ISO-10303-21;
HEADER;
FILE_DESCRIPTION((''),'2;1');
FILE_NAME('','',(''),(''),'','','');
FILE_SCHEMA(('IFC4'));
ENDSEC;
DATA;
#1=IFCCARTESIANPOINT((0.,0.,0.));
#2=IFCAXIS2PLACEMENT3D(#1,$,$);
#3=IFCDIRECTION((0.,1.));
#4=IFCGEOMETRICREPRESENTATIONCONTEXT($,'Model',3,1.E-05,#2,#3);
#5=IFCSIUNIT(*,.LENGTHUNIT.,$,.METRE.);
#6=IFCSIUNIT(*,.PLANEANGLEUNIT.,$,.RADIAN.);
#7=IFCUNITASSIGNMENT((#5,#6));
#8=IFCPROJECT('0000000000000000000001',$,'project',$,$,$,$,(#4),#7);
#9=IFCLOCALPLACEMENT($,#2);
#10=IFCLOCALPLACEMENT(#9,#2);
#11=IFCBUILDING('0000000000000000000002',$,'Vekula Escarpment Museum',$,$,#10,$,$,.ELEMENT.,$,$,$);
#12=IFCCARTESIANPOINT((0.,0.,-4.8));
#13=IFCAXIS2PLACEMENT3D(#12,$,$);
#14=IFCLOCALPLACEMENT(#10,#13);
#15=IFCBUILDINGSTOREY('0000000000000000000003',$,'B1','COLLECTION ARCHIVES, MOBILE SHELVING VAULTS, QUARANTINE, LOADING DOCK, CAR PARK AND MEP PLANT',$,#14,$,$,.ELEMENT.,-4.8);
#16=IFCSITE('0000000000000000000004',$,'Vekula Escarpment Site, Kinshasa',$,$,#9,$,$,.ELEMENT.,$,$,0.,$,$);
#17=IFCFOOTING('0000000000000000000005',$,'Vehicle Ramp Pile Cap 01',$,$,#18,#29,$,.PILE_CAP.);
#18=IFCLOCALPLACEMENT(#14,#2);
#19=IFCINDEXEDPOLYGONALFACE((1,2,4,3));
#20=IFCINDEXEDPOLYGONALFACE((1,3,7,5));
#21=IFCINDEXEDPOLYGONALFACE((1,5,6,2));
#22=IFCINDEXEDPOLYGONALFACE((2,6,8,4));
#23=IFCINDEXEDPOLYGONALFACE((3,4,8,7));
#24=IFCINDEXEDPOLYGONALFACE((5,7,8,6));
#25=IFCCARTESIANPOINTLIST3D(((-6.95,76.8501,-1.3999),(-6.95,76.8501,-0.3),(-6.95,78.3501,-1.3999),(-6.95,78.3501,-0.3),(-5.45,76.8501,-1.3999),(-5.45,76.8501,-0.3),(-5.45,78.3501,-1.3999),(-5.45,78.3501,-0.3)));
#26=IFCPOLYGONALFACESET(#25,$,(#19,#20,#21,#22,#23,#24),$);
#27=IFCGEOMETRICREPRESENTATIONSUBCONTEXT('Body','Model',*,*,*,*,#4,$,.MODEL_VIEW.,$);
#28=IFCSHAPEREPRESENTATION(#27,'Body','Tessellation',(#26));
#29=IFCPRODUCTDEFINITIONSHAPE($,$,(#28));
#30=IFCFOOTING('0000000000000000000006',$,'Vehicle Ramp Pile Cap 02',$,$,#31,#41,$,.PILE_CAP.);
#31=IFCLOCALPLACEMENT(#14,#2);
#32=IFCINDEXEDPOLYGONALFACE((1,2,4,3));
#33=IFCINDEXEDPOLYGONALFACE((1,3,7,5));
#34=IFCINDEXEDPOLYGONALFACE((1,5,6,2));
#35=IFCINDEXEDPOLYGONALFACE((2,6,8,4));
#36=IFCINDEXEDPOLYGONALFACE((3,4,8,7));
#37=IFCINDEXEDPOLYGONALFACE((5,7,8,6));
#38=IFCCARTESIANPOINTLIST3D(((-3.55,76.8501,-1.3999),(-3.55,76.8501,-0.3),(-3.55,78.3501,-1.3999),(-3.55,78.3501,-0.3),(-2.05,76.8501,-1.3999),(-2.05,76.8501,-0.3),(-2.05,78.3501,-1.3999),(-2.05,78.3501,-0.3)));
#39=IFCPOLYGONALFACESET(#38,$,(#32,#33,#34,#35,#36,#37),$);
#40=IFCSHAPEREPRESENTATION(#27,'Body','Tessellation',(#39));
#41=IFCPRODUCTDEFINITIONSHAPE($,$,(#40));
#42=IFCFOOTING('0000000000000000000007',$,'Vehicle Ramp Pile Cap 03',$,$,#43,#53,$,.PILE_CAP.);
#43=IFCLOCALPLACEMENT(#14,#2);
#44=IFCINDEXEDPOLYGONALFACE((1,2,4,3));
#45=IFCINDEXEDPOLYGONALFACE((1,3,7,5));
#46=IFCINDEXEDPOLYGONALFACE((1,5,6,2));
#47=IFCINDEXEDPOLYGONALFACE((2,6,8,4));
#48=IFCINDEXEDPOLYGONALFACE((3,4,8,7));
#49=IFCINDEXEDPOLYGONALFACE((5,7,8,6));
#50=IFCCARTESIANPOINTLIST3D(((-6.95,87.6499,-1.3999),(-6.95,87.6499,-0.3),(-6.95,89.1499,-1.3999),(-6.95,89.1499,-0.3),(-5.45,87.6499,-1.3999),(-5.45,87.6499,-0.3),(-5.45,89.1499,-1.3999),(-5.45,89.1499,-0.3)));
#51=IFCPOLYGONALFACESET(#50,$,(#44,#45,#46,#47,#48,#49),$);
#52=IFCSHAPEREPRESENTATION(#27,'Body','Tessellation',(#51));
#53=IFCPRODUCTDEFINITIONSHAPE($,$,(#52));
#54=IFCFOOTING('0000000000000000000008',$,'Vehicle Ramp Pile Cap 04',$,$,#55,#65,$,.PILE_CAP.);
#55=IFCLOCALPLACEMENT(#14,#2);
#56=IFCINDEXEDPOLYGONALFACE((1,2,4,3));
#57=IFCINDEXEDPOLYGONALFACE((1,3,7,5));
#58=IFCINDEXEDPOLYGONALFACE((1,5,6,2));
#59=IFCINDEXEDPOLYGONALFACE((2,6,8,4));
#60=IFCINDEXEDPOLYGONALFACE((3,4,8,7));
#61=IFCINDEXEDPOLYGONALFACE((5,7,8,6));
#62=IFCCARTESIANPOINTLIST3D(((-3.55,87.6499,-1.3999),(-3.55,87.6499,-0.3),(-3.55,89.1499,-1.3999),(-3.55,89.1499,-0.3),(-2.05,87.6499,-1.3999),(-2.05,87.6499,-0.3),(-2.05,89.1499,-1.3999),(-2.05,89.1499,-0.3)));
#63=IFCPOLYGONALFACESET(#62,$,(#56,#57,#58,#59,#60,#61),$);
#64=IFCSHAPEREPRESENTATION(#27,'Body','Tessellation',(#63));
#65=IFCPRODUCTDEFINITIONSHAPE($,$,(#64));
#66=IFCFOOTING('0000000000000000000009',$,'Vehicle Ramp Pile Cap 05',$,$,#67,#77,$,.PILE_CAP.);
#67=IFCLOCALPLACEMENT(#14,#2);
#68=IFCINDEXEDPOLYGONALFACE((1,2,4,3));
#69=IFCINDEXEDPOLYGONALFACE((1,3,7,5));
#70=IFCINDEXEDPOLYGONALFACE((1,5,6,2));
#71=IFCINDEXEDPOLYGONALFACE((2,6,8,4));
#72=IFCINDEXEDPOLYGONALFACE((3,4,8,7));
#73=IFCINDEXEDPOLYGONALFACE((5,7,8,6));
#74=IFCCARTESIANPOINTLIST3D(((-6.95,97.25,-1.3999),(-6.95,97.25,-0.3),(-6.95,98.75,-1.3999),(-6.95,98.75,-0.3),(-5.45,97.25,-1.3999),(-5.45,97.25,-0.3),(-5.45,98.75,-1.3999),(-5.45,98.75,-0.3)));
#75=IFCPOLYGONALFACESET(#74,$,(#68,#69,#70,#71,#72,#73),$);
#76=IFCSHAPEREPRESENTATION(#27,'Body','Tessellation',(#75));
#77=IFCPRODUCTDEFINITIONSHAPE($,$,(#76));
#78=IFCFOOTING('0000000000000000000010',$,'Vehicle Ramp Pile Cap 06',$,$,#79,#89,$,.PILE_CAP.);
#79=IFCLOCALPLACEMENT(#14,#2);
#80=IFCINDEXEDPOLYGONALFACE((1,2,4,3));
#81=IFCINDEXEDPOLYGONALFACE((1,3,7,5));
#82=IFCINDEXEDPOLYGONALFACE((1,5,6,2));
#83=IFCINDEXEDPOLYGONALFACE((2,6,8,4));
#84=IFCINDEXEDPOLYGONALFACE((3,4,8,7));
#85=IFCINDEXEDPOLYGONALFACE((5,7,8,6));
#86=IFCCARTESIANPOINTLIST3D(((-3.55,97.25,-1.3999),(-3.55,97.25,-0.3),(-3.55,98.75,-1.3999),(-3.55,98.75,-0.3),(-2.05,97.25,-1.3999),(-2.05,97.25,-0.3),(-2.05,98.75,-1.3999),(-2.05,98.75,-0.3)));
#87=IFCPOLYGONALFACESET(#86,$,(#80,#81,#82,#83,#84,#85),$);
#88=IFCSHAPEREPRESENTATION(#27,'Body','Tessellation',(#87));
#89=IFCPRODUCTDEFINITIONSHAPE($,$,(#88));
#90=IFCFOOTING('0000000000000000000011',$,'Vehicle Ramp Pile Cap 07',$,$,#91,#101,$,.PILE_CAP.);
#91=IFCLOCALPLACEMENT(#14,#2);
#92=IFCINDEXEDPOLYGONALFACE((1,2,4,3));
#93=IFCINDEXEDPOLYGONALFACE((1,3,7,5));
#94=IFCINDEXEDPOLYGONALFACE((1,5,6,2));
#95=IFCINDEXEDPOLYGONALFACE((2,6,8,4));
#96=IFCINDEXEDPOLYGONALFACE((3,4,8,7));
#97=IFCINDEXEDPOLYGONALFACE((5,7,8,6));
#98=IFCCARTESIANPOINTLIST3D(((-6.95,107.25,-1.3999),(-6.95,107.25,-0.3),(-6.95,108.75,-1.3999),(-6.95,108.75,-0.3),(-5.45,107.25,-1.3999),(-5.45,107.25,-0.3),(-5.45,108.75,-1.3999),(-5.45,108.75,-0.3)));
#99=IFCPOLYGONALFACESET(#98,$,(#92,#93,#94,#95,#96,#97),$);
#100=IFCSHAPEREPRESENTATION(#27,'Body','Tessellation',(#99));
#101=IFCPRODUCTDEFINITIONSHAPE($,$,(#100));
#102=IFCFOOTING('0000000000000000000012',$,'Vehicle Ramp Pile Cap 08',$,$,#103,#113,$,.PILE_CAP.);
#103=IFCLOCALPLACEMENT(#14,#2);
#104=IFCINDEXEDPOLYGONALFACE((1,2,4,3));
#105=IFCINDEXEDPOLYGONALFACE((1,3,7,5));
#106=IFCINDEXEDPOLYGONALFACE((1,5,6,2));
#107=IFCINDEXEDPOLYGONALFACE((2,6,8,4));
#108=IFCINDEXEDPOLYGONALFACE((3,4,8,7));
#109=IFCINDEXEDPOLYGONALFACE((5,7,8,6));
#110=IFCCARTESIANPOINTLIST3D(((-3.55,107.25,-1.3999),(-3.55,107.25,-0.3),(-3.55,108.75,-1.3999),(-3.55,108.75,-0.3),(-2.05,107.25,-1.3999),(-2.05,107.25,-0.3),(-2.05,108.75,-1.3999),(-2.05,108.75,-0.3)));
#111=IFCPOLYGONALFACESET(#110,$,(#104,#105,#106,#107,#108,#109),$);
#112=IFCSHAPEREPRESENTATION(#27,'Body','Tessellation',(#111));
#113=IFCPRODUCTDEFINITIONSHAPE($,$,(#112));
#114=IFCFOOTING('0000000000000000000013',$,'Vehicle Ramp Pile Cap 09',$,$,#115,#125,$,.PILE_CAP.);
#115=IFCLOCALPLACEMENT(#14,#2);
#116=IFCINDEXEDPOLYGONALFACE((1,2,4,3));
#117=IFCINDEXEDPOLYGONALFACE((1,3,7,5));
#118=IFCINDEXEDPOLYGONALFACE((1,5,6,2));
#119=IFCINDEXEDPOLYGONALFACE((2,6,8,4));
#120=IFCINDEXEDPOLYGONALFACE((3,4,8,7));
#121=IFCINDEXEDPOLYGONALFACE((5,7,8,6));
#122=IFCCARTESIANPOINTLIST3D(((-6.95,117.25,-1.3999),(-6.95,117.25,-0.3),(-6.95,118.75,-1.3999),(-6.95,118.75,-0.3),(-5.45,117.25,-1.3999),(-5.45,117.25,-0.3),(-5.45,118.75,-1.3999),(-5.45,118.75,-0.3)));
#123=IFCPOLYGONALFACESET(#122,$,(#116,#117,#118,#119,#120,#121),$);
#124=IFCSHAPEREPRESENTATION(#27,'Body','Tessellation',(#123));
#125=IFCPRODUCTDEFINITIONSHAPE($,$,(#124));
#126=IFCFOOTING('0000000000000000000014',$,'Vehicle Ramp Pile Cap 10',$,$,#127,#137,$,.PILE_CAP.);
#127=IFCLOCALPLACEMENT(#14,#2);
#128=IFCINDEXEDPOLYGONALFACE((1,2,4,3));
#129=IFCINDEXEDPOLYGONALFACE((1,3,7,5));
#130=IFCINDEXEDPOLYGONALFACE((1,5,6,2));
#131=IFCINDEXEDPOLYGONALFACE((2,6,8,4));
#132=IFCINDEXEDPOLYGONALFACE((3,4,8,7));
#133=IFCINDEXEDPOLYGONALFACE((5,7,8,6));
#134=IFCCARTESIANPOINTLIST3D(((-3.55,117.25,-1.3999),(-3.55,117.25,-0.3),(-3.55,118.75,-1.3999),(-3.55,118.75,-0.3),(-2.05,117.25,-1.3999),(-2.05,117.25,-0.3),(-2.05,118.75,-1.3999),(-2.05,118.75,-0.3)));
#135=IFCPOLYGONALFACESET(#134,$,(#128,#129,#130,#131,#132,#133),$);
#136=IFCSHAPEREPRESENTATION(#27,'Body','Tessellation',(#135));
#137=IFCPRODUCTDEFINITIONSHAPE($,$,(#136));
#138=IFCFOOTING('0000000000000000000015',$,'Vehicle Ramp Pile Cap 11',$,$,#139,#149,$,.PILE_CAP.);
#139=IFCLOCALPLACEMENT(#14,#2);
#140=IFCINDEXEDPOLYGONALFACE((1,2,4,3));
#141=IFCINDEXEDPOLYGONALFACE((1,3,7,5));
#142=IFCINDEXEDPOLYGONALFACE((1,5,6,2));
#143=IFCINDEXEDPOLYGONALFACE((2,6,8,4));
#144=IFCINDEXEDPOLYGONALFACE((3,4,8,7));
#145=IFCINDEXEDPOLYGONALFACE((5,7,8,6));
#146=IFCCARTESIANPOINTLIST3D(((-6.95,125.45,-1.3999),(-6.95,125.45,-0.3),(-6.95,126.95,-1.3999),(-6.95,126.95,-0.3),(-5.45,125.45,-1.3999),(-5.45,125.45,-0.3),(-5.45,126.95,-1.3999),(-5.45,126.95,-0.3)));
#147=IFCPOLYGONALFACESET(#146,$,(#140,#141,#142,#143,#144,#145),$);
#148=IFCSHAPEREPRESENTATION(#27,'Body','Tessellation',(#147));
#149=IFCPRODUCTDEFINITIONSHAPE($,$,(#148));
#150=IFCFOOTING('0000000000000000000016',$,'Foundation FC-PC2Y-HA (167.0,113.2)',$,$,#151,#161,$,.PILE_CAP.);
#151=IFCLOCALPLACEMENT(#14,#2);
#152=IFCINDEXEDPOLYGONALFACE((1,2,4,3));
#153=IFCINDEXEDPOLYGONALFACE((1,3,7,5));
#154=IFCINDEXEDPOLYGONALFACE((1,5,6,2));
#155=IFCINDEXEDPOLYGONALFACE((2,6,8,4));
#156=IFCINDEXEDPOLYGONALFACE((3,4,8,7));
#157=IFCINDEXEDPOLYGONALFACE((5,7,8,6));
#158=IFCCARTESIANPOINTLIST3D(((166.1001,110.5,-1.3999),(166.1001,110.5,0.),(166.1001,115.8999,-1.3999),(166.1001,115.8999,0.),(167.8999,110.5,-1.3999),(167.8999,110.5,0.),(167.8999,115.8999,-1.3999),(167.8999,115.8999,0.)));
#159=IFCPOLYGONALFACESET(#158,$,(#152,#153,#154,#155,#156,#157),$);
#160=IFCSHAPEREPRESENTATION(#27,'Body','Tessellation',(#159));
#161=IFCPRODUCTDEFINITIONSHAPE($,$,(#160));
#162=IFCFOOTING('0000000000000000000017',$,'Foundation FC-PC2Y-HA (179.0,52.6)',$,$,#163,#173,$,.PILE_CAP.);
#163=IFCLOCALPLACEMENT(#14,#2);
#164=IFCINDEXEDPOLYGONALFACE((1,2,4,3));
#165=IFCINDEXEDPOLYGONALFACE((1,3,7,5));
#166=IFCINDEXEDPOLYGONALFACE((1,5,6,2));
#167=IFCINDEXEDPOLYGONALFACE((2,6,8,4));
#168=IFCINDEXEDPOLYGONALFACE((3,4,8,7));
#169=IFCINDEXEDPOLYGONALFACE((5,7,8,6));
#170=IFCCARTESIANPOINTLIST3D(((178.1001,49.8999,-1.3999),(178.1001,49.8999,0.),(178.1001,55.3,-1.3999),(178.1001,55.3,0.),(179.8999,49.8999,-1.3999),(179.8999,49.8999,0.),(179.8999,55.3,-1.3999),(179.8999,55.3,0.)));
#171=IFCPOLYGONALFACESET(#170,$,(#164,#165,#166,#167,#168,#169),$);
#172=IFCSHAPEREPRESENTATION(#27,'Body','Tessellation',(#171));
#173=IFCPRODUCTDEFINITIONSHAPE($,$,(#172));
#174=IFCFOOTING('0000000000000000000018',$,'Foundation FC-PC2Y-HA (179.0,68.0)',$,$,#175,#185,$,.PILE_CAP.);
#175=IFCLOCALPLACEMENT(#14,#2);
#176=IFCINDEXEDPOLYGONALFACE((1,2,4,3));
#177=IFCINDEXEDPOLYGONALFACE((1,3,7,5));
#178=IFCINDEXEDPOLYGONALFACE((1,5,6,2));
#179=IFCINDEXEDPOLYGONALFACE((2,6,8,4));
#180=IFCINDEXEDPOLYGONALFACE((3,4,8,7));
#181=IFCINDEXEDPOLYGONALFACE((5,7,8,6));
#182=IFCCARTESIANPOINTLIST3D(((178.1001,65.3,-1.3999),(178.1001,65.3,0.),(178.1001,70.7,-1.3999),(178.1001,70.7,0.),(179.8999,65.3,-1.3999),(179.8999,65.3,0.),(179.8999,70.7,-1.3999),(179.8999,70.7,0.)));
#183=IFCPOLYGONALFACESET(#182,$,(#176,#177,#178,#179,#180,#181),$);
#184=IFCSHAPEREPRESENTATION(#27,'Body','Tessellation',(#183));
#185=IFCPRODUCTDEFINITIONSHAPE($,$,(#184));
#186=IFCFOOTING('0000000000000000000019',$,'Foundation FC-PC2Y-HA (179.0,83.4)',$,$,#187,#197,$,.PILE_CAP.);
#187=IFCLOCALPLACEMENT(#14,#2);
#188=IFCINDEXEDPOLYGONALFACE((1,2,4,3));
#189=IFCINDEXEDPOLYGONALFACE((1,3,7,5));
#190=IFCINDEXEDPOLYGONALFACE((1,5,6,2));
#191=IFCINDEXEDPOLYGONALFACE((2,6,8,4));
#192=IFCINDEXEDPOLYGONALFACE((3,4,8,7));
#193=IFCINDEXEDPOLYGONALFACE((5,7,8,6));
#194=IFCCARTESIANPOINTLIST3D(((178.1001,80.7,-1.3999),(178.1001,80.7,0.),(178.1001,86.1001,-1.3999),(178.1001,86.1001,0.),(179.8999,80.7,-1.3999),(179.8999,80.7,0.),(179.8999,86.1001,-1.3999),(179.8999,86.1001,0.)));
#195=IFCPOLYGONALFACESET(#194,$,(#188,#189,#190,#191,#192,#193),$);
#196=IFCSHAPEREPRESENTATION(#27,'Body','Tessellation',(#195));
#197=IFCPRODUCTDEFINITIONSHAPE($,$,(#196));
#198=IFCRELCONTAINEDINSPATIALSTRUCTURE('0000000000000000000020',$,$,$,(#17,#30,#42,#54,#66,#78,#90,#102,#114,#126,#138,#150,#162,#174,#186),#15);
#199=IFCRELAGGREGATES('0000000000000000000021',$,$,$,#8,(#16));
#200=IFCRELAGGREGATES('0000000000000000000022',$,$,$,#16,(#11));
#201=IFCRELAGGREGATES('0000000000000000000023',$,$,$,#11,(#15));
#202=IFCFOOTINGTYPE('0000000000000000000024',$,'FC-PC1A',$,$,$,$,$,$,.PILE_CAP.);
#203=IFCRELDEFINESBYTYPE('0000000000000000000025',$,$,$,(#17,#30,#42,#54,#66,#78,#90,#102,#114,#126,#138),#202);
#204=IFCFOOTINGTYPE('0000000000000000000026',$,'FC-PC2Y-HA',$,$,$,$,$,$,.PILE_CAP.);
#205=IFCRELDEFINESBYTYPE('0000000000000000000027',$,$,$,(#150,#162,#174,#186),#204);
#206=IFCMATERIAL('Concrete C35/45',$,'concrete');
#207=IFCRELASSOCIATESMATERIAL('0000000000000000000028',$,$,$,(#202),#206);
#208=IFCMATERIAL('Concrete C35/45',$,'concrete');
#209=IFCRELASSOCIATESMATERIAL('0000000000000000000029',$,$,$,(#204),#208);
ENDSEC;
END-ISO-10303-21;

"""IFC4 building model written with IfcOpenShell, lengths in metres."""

from ifc_helpers import new_model, si_unit, direction, frame, origin, place, context, subcontext, project, spatial, polyline, outline, extrude, material, type_object, element, save


model = new_model("IFC4")

# Units and contexts
model_context = context("Model", 3, precision=1e-05, world=origin(), true_north=direction((0.0, 1.0)))
body_context = subcontext(model_context, "Body", "Model", "MODEL_VIEW")
ifc_project = project(units=[si_unit("LENGTHUNIT", "METRE"), si_unit("PLANEANGLEUNIT", "RADIAN")], contexts=[model_context])

# Site, building, storey
site_placement = place(None, origin())
site = spatial("IfcSite", under=ifc_project, at=site_placement, Name="Vekula Escarpment Site, Kinshasa", CompositionType="ELEMENT", RefElevation=0.0)
building_placement = place(site_placement, origin())
building = spatial("IfcBuilding", under=site, at=building_placement, Name="Vekula Escarpment Museum", CompositionType="ELEMENT")
storey_placement = place(building_placement, frame((0.0, 0.0, -4.8)))
storey = spatial("IfcBuildingStorey", under=building, at=storey_placement, Name="B1", Description="COLLECTION ARCHIVES, MOBILE SHELVING VAULTS, QUARANTINE, LOADING DOCK, CAR PARK AND MEP PLANT", CompositionType="ELEMENT", Elevation=-4.8)

# Footings
ifc_material_1 = material(Name="Concrete C35/45", Category="concrete")
footing_type_1 = type_object("IfcFootingType", Name="FC-PC1A", PredefinedType="PILE_CAP", material=ifc_material_1)
footing_1_placement = place(storey_placement, frame((0.0, 0.0, -1.3999)))
element("IfcFooting", 1, at=footing_1_placement, inside=storey, type_object=footing_type_1, Name="Vehicle Ramp Pile Cap 01", PredefinedType="PILE_CAP", context=body_context, shape_type="SweptSolid", body=[
    extrude(outline(polyline([(-6.95, 76.8501), (-5.45, 76.8501), (-5.45, 78.3501), (-6.95, 78.3501), (-6.95, 76.8501)])), origin(), (0.0, 0.0, 1.0), 1.0999),
])
footing_2_placement = place(storey_placement, frame((0.0, 0.0, -1.3999)))
element("IfcFooting", 2, at=footing_2_placement, inside=storey, type_object=footing_type_1, Name="Vehicle Ramp Pile Cap 02", PredefinedType="PILE_CAP", context=body_context, shape_type="SweptSolid", body=[
    extrude(outline(polyline([(-3.55, 76.8501), (-2.05, 76.8501), (-2.05, 78.3501), (-3.55, 78.3501), (-3.55, 76.8501)])), origin(), (0.0, 0.0, 1.0), 1.0999),
])
footing_3_placement = place(storey_placement, frame((0.0, 0.0, -1.3999)))
element("IfcFooting", 3, at=footing_3_placement, inside=storey, type_object=footing_type_1, Name="Vehicle Ramp Pile Cap 03", PredefinedType="PILE_CAP", context=body_context, shape_type="SweptSolid", body=[
    extrude(outline(polyline([(-6.95, 87.6499), (-5.45, 87.6499), (-5.45, 89.1499), (-6.95, 89.1499), (-6.95, 87.6499)])), origin(), (0.0, 0.0, 1.0), 1.0999),
])
footing_4_placement = place(storey_placement, frame((0.0, 0.0, -1.3999)))
element("IfcFooting", 4, at=footing_4_placement, inside=storey, type_object=footing_type_1, Name="Vehicle Ramp Pile Cap 04", PredefinedType="PILE_CAP", context=body_context, shape_type="SweptSolid", body=[
    extrude(outline(polyline([(-3.55, 87.6499), (-2.05, 87.6499), (-2.05, 89.1499), (-3.55, 89.1499), (-3.55, 87.6499)])), origin(), (0.0, 0.0, 1.0), 1.0999),
])
footing_5_placement = place(storey_placement, frame((0.0, 0.0, -1.3999)))
element("IfcFooting", 5, at=footing_5_placement, inside=storey, type_object=footing_type_1, Name="Vehicle Ramp Pile Cap 05", PredefinedType="PILE_CAP", context=body_context, shape_type="SweptSolid", body=[
    extrude(outline(polyline([(-6.95, 97.25), (-5.45, 97.25), (-5.45, 98.75), (-6.95, 98.75), (-6.95, 97.25)])), origin(), (0.0, 0.0, 1.0), 1.0999),
])
footing_6_placement = place(storey_placement, frame((0.0, 0.0, -1.3999)))
element("IfcFooting", 6, at=footing_6_placement, inside=storey, type_object=footing_type_1, Name="Vehicle Ramp Pile Cap 06", PredefinedType="PILE_CAP", context=body_context, shape_type="SweptSolid", body=[
    extrude(outline(polyline([(-3.55, 97.25), (-2.05, 97.25), (-2.05, 98.75), (-3.55, 98.75), (-3.55, 97.25)])), origin(), (0.0, 0.0, 1.0), 1.0999),
])
footing_7_placement = place(storey_placement, frame((0.0, 0.0, -1.3999)))
element("IfcFooting", 7, at=footing_7_placement, inside=storey, type_object=footing_type_1, Name="Vehicle Ramp Pile Cap 07", PredefinedType="PILE_CAP", context=body_context, shape_type="SweptSolid", body=[
    extrude(outline(polyline([(-6.95, 107.25), (-5.45, 107.25), (-5.45, 108.75), (-6.95, 108.75), (-6.95, 107.25)])), origin(), (0.0, 0.0, 1.0), 1.0999),
])
footing_8_placement = place(storey_placement, frame((0.0, 0.0, -1.3999)))
element("IfcFooting", 8, at=footing_8_placement, inside=storey, type_object=footing_type_1, Name="Vehicle Ramp Pile Cap 08", PredefinedType="PILE_CAP", context=body_context, shape_type="SweptSolid", body=[
    extrude(outline(polyline([(-3.55, 107.25), (-2.05, 107.25), (-2.05, 108.75), (-3.55, 108.75), (-3.55, 107.25)])), origin(), (0.0, 0.0, 1.0), 1.0999),
])
footing_9_placement = place(storey_placement, frame((0.0, 0.0, -1.3999)))
element("IfcFooting", 9, at=footing_9_placement, inside=storey, type_object=footing_type_1, Name="Vehicle Ramp Pile Cap 09", PredefinedType="PILE_CAP", context=body_context, shape_type="SweptSolid", body=[
    extrude(outline(polyline([(-6.95, 117.25), (-5.45, 117.25), (-5.45, 118.75), (-6.95, 118.75), (-6.95, 117.25)])), origin(), (0.0, 0.0, 1.0), 1.0999),
])
footing_10_placement = place(storey_placement, frame((0.0, 0.0, -1.3999)))
element("IfcFooting", 10, at=footing_10_placement, inside=storey, type_object=footing_type_1, Name="Vehicle Ramp Pile Cap 10", PredefinedType="PILE_CAP", context=body_context, shape_type="SweptSolid", body=[
    extrude(outline(polyline([(-3.55, 117.25), (-2.05, 117.25), (-2.05, 118.75), (-3.55, 118.75), (-3.55, 117.25)])), origin(), (0.0, 0.0, 1.0), 1.0999),
])
footing_11_placement = place(storey_placement, frame((0.0, 0.0, -1.3999)))
element("IfcFooting", 11, at=footing_11_placement, inside=storey, type_object=footing_type_1, Name="Vehicle Ramp Pile Cap 11", PredefinedType="PILE_CAP", context=body_context, shape_type="SweptSolid", body=[
    extrude(outline(polyline([(-6.95, 125.45), (-5.45, 125.45), (-5.45, 126.95), (-6.95, 126.95), (-6.95, 125.45)])), origin(), (0.0, 0.0, 1.0), 1.0999),
])
ifc_material_2 = material(Name="Concrete C35/45", Category="concrete")
footing_type_2 = type_object("IfcFootingType", Name="FC-PC2Y-HA", PredefinedType="PILE_CAP", material=ifc_material_2)
footing_12_placement = place(storey_placement, frame((0.0, 0.0, -1.3999)))
element("IfcFooting", 12, at=footing_12_placement, inside=storey, type_object=footing_type_2, Name="Foundation FC-PC2Y-HA (167.0,113.2)", PredefinedType="PILE_CAP", context=body_context, shape_type="SweptSolid", body=[
    extrude(outline(polyline([(166.1001, 110.5), (167.8999, 110.5), (167.8999, 115.8999), (166.1001, 115.8999), (166.1001, 110.5)])), origin(), (0.0, 0.0, 1.0), 1.3999),
])
footing_13_placement = place(storey_placement, frame((0.0, 0.0, -1.3999)))
element("IfcFooting", 13, at=footing_13_placement, inside=storey, type_object=footing_type_2, Name="Foundation FC-PC2Y-HA (179.0,52.6)", PredefinedType="PILE_CAP", context=body_context, shape_type="SweptSolid", body=[
    extrude(outline(polyline([(178.1001, 49.8999), (179.8999, 49.8999), (179.8999, 55.3), (178.1001, 55.3), (178.1001, 49.8999)])), origin(), (0.0, 0.0, 1.0), 1.3999),
])
footing_14_placement = place(storey_placement, frame((0.0, 0.0, -1.3999)))
element("IfcFooting", 14, at=footing_14_placement, inside=storey, type_object=footing_type_2, Name="Foundation FC-PC2Y-HA (179.0,68.0)", PredefinedType="PILE_CAP", context=body_context, shape_type="SweptSolid", body=[
    extrude(outline(polyline([(178.1001, 65.3), (179.8999, 65.3), (179.8999, 70.7), (178.1001, 70.7), (178.1001, 65.3)])), origin(), (0.0, 0.0, 1.0), 1.3999),
])
footing_15_placement = place(storey_placement, frame((0.0, 0.0, -1.3999)))
element("IfcFooting", 15, at=footing_15_placement, inside=storey, type_object=footing_type_2, Name="Foundation FC-PC2Y-HA (179.0,83.4)", PredefinedType="PILE_CAP", context=body_context, shape_type="SweptSolid", body=[
    extrude(outline(polyline([(178.1001, 80.7), (179.8999, 80.7), (179.8999, 86.1001), (178.1001, 86.1001), (178.1001, 80.7)])), origin(), (0.0, 0.0, 1.0), 1.3999),
])

save(model, "model.ifc")
